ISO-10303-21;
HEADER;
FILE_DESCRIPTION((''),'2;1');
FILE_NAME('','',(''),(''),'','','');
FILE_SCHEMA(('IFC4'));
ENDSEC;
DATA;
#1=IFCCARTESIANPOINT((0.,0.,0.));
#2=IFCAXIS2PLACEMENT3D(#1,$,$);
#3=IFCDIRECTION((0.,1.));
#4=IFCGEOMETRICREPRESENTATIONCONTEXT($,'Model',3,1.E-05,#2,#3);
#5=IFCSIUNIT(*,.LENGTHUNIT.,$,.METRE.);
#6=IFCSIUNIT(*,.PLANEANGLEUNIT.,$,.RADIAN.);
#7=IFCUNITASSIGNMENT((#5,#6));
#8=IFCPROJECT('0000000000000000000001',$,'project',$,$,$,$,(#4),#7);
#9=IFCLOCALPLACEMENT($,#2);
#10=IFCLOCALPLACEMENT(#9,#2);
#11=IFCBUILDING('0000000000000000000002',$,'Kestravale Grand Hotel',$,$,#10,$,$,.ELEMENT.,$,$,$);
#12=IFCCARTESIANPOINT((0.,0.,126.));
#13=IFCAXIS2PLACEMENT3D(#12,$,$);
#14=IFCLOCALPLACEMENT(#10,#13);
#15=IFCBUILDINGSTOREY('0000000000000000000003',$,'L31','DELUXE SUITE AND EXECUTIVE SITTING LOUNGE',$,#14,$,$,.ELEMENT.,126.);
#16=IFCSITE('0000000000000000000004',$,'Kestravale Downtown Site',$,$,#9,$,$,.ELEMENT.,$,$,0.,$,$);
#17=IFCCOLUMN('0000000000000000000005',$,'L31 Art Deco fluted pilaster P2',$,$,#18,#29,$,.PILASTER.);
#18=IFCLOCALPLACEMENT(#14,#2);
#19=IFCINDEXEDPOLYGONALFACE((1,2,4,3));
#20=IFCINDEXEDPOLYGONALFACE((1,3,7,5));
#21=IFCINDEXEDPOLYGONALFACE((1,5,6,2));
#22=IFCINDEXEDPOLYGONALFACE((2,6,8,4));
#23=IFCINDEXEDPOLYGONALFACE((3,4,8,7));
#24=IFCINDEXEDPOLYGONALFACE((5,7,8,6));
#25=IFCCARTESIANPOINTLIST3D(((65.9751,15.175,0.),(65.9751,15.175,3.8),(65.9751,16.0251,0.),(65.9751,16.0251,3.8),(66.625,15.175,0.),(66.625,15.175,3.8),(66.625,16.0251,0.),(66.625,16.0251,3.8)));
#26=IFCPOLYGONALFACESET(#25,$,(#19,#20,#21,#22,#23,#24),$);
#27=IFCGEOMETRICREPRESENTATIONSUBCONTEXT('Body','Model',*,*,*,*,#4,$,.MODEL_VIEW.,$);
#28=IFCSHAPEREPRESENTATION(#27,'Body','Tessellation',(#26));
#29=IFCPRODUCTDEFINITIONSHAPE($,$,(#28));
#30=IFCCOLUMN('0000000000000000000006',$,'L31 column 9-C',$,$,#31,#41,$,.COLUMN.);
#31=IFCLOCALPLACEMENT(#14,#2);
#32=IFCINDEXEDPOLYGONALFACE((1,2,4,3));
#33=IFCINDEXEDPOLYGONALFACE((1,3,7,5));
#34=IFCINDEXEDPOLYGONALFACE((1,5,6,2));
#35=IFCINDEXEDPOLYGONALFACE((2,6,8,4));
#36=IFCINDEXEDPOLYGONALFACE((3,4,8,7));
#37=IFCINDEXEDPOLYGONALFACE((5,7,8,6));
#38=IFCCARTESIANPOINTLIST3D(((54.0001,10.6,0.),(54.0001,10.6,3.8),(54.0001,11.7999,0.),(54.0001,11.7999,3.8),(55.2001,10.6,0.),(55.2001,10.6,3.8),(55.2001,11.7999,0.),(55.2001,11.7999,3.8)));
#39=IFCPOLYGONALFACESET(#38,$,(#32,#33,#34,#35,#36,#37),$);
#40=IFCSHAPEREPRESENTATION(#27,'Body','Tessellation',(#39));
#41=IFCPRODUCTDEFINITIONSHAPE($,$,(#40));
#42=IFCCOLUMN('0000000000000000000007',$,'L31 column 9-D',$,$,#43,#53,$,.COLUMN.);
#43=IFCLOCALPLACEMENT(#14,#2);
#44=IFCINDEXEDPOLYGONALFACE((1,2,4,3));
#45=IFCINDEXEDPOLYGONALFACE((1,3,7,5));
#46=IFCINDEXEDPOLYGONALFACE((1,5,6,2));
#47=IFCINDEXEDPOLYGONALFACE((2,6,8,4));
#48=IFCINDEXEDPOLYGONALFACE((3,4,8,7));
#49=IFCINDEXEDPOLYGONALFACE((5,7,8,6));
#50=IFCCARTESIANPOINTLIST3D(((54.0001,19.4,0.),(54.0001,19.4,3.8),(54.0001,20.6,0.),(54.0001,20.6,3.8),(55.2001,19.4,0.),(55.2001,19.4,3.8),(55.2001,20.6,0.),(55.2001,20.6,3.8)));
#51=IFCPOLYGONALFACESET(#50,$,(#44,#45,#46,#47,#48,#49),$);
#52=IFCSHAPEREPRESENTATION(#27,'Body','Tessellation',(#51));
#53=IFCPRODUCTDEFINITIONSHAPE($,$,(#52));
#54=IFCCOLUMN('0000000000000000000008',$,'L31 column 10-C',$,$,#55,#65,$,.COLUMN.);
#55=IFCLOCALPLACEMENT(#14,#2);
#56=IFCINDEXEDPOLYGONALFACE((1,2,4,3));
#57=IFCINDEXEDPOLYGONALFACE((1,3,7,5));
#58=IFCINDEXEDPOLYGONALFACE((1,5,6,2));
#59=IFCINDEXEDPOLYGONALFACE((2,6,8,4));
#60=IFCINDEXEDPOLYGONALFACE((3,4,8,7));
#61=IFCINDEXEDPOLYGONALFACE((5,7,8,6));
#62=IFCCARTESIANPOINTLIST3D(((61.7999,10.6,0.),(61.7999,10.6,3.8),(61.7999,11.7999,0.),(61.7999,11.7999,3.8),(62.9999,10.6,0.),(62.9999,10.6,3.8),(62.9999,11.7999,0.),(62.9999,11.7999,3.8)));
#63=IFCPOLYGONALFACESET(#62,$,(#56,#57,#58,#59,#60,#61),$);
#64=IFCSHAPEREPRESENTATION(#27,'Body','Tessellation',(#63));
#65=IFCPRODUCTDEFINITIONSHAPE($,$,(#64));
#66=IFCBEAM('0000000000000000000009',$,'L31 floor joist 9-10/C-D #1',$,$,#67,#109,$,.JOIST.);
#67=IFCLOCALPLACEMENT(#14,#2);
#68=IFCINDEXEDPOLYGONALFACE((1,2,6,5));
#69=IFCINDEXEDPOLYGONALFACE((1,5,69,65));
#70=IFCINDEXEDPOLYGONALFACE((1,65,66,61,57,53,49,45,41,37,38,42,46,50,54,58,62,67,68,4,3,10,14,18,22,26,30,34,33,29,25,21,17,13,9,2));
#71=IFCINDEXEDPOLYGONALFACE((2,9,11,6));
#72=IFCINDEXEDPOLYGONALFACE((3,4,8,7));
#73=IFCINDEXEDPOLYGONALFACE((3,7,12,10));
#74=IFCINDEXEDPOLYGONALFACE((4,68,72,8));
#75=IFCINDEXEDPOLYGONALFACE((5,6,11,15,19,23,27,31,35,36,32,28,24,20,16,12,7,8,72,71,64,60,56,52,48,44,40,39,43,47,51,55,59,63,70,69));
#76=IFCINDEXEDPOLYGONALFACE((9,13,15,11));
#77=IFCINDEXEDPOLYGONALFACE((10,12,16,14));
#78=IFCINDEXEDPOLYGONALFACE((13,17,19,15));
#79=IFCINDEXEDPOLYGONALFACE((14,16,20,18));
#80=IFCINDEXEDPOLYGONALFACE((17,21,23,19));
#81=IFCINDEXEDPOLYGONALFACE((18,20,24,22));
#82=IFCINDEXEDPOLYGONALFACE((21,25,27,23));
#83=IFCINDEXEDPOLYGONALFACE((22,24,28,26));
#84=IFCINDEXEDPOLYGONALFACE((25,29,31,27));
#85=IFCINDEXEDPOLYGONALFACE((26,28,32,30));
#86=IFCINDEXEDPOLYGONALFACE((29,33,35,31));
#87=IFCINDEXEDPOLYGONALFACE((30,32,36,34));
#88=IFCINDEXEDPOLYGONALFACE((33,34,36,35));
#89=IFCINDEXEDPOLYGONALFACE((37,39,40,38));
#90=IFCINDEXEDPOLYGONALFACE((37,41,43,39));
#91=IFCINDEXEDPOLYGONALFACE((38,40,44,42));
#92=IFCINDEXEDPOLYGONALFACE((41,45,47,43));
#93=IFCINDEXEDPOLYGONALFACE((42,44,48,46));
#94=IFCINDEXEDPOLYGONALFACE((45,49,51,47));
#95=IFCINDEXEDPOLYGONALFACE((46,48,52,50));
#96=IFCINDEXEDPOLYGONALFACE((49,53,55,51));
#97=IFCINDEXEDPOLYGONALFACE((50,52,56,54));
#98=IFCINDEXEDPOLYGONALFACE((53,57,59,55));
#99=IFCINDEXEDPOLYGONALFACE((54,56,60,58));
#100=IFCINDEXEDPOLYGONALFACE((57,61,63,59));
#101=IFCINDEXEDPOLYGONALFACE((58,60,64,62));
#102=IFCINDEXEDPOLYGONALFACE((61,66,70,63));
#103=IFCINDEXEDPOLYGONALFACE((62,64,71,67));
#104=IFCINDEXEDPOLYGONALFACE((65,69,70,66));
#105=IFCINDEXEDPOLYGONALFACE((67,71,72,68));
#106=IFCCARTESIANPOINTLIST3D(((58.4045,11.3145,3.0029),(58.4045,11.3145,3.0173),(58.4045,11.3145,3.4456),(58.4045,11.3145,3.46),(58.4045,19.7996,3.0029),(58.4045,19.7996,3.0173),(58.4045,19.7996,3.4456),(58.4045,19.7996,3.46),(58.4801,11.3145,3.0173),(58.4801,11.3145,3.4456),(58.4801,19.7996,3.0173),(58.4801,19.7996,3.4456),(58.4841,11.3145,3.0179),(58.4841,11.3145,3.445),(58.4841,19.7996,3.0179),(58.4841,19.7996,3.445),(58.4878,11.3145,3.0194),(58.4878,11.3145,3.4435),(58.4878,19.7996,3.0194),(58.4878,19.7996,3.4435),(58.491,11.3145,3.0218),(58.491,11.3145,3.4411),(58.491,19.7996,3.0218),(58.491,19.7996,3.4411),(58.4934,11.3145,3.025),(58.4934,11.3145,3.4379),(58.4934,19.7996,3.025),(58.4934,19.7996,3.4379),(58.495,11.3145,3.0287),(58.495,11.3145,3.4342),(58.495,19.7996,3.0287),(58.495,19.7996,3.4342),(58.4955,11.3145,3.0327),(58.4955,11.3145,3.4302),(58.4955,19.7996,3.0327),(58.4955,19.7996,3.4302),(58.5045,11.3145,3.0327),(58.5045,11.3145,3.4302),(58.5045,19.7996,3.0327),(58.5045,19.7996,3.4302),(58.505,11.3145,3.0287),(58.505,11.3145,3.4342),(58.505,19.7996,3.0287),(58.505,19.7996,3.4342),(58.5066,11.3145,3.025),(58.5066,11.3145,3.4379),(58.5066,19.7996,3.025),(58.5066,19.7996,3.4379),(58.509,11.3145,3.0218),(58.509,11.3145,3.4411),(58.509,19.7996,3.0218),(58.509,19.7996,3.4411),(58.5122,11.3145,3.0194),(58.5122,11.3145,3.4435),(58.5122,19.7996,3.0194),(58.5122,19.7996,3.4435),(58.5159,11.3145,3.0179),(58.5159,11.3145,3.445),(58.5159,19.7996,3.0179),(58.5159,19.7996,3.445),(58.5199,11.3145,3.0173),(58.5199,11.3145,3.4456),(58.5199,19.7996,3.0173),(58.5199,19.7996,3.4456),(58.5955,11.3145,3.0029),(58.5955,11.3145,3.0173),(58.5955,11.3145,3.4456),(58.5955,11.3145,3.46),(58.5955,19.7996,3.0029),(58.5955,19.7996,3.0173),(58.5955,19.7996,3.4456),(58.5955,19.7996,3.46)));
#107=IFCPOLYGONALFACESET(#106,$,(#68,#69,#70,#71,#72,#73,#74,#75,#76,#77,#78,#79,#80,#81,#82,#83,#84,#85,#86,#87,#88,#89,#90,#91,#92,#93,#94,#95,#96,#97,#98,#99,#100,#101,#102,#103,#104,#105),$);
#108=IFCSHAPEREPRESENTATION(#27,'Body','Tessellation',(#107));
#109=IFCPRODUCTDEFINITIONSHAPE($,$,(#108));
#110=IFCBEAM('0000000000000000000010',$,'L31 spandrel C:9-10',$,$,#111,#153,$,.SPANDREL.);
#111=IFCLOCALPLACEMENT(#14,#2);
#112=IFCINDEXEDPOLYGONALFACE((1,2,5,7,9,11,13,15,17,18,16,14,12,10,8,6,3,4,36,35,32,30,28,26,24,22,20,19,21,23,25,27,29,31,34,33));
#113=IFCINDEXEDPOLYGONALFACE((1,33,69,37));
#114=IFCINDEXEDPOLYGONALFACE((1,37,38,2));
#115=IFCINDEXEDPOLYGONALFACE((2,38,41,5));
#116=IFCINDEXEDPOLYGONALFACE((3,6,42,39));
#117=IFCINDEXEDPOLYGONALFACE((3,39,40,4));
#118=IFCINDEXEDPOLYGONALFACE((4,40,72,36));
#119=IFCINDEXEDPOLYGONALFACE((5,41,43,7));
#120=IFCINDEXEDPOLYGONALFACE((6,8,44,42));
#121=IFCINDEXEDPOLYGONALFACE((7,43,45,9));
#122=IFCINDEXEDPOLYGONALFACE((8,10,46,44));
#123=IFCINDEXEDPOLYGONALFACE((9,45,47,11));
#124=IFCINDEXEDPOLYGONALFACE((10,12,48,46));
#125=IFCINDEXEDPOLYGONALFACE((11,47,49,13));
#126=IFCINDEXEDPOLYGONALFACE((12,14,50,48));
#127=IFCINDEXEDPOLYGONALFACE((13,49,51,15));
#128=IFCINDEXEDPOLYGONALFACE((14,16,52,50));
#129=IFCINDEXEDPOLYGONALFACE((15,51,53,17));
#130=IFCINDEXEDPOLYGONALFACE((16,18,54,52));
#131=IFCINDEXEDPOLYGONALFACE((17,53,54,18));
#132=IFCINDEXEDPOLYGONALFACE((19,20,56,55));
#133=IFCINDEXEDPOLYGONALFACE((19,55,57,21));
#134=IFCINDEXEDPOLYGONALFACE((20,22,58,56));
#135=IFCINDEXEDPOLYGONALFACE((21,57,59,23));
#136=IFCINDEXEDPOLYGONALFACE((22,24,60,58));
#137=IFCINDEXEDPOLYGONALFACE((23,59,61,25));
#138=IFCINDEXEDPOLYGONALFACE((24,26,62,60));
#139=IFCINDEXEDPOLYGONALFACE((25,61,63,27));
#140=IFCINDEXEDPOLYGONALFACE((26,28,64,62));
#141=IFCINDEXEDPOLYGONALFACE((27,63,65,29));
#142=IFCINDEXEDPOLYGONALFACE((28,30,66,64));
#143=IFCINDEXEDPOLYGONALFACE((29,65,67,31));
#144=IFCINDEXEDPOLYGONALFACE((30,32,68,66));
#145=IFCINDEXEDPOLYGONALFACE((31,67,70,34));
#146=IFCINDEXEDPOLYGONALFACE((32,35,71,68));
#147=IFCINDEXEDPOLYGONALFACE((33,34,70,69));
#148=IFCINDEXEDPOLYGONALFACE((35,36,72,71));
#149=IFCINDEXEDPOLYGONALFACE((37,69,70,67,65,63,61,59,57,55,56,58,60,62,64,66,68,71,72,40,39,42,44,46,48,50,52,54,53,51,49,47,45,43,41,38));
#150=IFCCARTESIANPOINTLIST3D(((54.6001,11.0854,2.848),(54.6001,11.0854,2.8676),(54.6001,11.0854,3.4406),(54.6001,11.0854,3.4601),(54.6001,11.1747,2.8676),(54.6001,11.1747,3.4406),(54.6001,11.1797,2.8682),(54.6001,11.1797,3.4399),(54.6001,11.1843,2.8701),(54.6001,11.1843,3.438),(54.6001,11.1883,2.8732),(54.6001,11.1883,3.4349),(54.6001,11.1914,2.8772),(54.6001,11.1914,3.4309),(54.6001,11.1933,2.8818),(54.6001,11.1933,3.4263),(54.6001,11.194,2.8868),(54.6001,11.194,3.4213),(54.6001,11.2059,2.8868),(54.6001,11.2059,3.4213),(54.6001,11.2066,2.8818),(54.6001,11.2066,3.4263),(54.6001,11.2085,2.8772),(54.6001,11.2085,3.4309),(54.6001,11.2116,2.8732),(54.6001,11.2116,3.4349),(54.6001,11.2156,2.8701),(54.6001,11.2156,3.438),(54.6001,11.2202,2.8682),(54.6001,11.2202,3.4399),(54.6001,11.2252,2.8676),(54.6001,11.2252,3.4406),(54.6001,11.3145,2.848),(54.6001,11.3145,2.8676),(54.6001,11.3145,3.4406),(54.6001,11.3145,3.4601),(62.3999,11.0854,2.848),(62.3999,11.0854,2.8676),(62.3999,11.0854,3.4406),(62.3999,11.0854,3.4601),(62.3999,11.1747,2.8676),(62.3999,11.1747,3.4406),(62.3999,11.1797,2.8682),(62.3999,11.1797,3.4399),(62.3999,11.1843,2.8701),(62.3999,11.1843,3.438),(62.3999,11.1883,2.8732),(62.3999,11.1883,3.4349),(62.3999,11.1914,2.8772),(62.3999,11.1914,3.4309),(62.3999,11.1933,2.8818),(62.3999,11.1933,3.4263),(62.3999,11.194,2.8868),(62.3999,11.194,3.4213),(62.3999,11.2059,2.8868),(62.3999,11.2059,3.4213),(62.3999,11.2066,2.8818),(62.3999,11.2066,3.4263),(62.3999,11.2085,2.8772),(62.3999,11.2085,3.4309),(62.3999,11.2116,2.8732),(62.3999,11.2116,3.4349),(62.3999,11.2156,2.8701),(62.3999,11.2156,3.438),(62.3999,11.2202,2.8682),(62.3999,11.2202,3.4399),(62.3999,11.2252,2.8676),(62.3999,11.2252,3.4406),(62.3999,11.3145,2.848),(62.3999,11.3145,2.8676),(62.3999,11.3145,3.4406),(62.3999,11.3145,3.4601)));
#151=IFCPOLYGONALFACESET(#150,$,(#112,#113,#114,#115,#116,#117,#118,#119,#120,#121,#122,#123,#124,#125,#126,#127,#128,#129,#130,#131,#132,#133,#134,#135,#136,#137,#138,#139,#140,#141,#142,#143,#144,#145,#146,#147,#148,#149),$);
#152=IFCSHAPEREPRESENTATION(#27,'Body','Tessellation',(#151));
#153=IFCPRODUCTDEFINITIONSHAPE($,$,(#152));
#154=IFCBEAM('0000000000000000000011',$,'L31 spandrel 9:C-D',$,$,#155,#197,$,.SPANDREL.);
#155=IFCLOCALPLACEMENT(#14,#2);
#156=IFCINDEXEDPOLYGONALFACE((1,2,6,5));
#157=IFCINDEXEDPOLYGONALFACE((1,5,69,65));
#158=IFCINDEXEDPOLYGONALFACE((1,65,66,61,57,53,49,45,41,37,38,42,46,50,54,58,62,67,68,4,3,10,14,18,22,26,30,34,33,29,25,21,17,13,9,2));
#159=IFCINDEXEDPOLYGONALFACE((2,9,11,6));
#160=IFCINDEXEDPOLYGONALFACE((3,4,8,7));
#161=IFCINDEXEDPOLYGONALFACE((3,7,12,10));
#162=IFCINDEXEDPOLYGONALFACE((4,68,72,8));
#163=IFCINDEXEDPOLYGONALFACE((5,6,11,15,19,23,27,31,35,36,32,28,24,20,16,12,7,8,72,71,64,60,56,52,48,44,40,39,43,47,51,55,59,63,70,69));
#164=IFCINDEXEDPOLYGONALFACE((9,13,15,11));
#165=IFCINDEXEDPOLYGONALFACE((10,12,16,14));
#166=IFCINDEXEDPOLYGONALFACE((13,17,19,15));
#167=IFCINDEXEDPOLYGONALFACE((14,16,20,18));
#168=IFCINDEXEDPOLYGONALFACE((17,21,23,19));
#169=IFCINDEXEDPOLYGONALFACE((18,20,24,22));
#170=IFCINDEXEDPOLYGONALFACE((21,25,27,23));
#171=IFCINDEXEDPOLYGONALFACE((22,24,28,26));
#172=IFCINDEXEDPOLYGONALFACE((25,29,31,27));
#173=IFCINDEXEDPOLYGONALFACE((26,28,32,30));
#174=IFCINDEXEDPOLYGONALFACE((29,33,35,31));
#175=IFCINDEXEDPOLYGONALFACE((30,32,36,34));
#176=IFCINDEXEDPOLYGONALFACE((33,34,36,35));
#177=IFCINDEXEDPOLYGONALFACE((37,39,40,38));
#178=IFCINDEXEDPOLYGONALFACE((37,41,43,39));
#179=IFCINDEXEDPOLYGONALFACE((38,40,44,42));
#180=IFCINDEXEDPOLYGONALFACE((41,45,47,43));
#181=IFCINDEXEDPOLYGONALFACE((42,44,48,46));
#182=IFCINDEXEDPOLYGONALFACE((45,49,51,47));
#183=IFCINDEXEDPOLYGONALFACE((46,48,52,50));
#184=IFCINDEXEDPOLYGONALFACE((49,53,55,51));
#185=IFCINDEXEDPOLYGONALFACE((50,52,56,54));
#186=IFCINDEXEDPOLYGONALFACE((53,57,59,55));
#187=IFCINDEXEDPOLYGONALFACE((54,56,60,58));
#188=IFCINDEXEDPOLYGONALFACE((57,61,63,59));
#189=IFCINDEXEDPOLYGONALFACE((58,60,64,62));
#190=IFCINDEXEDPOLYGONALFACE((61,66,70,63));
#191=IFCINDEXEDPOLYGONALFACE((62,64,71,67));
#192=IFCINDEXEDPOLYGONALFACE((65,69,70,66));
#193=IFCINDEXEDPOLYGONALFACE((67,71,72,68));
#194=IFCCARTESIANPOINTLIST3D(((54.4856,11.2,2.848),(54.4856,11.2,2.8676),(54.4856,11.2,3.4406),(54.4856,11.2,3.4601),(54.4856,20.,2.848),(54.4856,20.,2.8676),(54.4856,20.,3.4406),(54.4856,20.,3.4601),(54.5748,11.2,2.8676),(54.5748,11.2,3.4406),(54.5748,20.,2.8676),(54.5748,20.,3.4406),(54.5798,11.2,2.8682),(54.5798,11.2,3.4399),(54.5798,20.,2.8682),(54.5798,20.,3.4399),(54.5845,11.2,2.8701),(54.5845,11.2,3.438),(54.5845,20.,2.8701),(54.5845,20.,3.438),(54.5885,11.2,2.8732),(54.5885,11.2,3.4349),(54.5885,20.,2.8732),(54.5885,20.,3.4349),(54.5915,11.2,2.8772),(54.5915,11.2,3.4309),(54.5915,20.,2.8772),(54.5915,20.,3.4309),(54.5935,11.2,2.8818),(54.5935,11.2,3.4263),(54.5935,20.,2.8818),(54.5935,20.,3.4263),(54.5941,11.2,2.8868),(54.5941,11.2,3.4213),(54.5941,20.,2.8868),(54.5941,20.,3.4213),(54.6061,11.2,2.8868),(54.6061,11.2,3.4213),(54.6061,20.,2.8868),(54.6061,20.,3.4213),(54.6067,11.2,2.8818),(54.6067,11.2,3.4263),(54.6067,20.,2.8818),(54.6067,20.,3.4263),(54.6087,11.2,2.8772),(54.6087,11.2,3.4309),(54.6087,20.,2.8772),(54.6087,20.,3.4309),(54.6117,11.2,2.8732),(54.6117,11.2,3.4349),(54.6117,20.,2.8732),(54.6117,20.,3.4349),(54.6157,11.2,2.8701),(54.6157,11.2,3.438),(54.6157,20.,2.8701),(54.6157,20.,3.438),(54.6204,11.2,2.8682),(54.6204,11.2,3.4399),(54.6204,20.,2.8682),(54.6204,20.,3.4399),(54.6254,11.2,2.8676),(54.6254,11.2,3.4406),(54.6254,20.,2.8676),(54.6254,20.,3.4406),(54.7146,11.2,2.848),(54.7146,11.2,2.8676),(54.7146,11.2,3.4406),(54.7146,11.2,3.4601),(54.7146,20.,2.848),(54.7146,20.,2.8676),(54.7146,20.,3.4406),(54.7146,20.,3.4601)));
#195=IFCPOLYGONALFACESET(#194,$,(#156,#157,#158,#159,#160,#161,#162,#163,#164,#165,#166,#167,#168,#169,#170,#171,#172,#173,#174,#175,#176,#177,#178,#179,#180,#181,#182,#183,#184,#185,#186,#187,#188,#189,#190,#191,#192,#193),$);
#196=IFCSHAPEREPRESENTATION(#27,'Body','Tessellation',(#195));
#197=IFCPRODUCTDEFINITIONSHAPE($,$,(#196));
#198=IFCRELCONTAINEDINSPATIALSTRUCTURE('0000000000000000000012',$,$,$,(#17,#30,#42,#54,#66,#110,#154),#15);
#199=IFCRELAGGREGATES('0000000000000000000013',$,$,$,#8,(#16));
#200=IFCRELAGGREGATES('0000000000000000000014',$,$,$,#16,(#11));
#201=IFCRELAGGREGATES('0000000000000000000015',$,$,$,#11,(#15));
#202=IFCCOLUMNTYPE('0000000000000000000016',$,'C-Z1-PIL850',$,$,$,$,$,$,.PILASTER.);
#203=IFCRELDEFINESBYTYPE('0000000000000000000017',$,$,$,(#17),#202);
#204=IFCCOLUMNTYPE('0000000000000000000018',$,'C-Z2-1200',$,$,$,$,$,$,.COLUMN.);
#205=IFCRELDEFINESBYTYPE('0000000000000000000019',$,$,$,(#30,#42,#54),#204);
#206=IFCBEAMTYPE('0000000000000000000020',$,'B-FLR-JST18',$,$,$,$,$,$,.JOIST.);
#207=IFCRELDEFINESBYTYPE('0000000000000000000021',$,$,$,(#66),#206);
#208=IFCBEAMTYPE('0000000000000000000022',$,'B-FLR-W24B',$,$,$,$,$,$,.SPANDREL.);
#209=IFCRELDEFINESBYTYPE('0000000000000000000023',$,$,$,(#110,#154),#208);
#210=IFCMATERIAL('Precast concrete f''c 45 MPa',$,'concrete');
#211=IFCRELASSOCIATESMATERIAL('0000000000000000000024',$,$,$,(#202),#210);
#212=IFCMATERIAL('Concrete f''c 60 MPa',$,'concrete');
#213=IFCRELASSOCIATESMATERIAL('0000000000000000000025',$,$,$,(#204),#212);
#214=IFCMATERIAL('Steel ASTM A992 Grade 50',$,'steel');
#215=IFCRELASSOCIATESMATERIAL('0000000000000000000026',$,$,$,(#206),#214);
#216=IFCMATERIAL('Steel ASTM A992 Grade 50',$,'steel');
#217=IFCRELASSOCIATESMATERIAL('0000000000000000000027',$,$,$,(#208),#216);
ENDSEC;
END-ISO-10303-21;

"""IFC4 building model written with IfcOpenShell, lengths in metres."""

from ifc_helpers import new_model, si_unit, direction, frame, origin, origin_2d, place, context, subcontext, project, spatial, rectangle, i_section, extrude, material, material_profile, profile_set, type_object, element, save


model = new_model("IFC4")

# Units and contexts
model_context = context("Model", 3, precision=1e-05, world=origin(), true_north=direction((0.0, 1.0)))
body_context = subcontext(model_context, "Body", "Model", "MODEL_VIEW")
ifc_project = project(units=[si_unit("LENGTHUNIT", "METRE"), si_unit("PLANEANGLEUNIT", "RADIAN")], contexts=[model_context])

# Site, building, storey
site_placement = place(None, origin())
site = spatial("IfcSite", under=ifc_project, at=site_placement, Name="Kestravale Downtown Site", CompositionType="ELEMENT", RefElevation=0.0)
building_placement = place(site_placement, origin())
building = spatial("IfcBuilding", under=site, at=building_placement, Name="Kestravale Grand Hotel", CompositionType="ELEMENT")
storey_placement = place(building_placement, frame((0.0, 0.0, 126.0)))
storey = spatial("IfcBuildingStorey", under=building, at=storey_placement, Name="L31", Description="DELUXE SUITE AND EXECUTIVE SITTING LOUNGE", CompositionType="ELEMENT", Elevation=126.0)

# Columns
ifc_material_1 = material(Name="Precast concrete f'c 45 MPa", Category="concrete")
ifc_material_profile_1 = material_profile(ifc_material_1, rectangle(XDim=0.6499, YDim=0.8501, at=origin_2d()))
ifc_profile_set_1 = profile_set([ifc_material_profile_1], Name="Precast concrete f'c 45 MPa")
column_type_1 = type_object("IfcColumnType", Name="C-Z1-PIL850", PredefinedType="PILASTER", material=ifc_profile_set_1)
column_placement = place(storey_placement, frame((66.3, 15.6001, 0.0), z_axis=(0.0, 0.0, 1.0), x_axis=(1.0, 0.0, 0.0)))
element("IfcColumn", 1, at=column_placement, inside=storey, type_object=column_type_1, Name="L31 Art Deco fluted pilaster P2", PredefinedType="PILASTER", context=body_context, shape_type="SweptSolid", body=[
    extrude(rectangle(XDim=0.6499, YDim=0.8501, at=origin_2d()), origin(), (0.0, 0.0, 1.0), 3.8),
])
ifc_material_2 = material(Name="Concrete f'c 60 MPa", Category="concrete")
ifc_material_profile_2 = material_profile(ifc_material_2, rectangle(XDim=1.2, YDim=1.2, at=origin_2d()))
ifc_profile_set_2 = profile_set([ifc_material_profile_2], Name="Concrete f'c 60 MPa")
column_type_2 = type_object("IfcColumnType", Name="C-Z2-1200", PredefinedType="COLUMN", material=ifc_profile_set_2)
for number, where, z_axis, x_axis, name in (
    (2, (54.6001, 11.2, 0.0), (0.0, 0.0, 1.0), (1.0, 0.0, 0.0), "L31 column 9-C"),
    (3, (54.6001, 20.0, 0.0), (0.0, 0.0, 1.0), (1.0, 0.0, 0.0), "L31 column 9-D"),
    (4, (62.3999, 11.2, 0.0), (0.0, 0.0, 1.0), (1.0, 0.0, 0.0), "L31 column 10-C"),
):
    element("IfcColumn", number, at=place(storey_placement, frame(where, z_axis=z_axis, x_axis=x_axis)), inside=storey, type_object=column_type_2, Name=name, PredefinedType="COLUMN", context=body_context, shape_type="SweptSolid", body=[
        extrude(rectangle(XDim=1.2, YDim=1.2, at=origin_2d()), origin(), (0.0, 0.0, 1.0), 3.8),
    ])

# Beams
ifc_material_3 = material(Name="Steel ASTM A992 Grade 50", Category="steel")
ifc_material_profile_3 = material_profile(ifc_material_3, i_section(OverallWidth=0.1909, OverallDepth=0.457, WebThickness=0.009, FlangeThickness=0.0144, FilletRadius=0.0154, at=origin_2d()))
ifc_profile_set_3 = profile_set([ifc_material_profile_3], Name="Steel ASTM A992 Grade 50")
beam_type_1 = type_object("IfcBeamType", Name="B-FLR-JST18", PredefinedType="JOIST", material=ifc_profile_set_3)
beam_1_placement = place(storey_placement, frame((58.5, 11.3145, 3.2314), z_axis=(0.0, 1.0, 0.0), x_axis=(-1.0, 0.0, 0.0)))
element("IfcBeam", 5, at=beam_1_placement, inside=storey, type_object=beam_type_1, Name="L31 floor joist 9-10/C-D #1", PredefinedType="JOIST", context=body_context, shape_type="SweptSolid", body=[
    extrude(i_section(OverallWidth=0.1909, OverallDepth=0.457, WebThickness=0.009, FlangeThickness=0.0144, FilletRadius=0.0154, at=origin_2d()), origin(), (0.0, 0.0, 1.0), 8.4851),
])
ifc_material_4 = material(Name="Steel ASTM A992 Grade 50", Category="steel")
ifc_material_profile_4 = material_profile(ifc_material_4, i_section(OverallWidth=0.229, OverallDepth=0.6121, WebThickness=0.012, FlangeThickness=0.0195, FilletRadius=0.0193, at=origin_2d()))
ifc_profile_set_4 = profile_set([ifc_material_profile_4], Name="Steel ASTM A992 Grade 50")
beam_type_2 = type_object("IfcBeamType", Name="B-FLR-W24B", PredefinedType="SPANDREL", material=ifc_profile_set_4)
beam_2_placement = place(storey_placement, frame((54.6001, 11.2, 3.1541), z_axis=(1.0, 0.0, 0.0), x_axis=(0.0, 1.0, 0.0)))
element("IfcBeam", 6, at=beam_2_placement, inside=storey, type_object=beam_type_2, Name="L31 spandrel C:9-10", PredefinedType="SPANDREL", context=body_context, shape_type="SweptSolid", body=[
    extrude(i_section(OverallWidth=0.229, OverallDepth=0.6121, WebThickness=0.012, FlangeThickness=0.0195, FilletRadius=0.0193, at=origin_2d()), origin(), (0.0, 0.0, 1.0), 7.7998),
])
for number, where, z_axis, x_axis, name in (
    (7, (54.6001, 11.2, 3.1541), (0.0, 1.0, 0.0), (-1.0, 0.0, 0.0), "L31 spandrel 9:C-D"),
):
    element("IfcBeam", number, at=place(storey_placement, frame(where, z_axis=z_axis, x_axis=x_axis)), inside=storey, type_object=beam_type_2, Name=name, PredefinedType="SPANDREL", context=body_context, shape_type="SweptSolid", body=[
        extrude(i_section(OverallWidth=0.229, OverallDepth=0.6121, WebThickness=0.012, FlangeThickness=0.0195, FilletRadius=0.0193, at=origin_2d()), origin(), (0.0, 0.0, 1.0), 8.8),
    ])

save(model, "model.ifc")
